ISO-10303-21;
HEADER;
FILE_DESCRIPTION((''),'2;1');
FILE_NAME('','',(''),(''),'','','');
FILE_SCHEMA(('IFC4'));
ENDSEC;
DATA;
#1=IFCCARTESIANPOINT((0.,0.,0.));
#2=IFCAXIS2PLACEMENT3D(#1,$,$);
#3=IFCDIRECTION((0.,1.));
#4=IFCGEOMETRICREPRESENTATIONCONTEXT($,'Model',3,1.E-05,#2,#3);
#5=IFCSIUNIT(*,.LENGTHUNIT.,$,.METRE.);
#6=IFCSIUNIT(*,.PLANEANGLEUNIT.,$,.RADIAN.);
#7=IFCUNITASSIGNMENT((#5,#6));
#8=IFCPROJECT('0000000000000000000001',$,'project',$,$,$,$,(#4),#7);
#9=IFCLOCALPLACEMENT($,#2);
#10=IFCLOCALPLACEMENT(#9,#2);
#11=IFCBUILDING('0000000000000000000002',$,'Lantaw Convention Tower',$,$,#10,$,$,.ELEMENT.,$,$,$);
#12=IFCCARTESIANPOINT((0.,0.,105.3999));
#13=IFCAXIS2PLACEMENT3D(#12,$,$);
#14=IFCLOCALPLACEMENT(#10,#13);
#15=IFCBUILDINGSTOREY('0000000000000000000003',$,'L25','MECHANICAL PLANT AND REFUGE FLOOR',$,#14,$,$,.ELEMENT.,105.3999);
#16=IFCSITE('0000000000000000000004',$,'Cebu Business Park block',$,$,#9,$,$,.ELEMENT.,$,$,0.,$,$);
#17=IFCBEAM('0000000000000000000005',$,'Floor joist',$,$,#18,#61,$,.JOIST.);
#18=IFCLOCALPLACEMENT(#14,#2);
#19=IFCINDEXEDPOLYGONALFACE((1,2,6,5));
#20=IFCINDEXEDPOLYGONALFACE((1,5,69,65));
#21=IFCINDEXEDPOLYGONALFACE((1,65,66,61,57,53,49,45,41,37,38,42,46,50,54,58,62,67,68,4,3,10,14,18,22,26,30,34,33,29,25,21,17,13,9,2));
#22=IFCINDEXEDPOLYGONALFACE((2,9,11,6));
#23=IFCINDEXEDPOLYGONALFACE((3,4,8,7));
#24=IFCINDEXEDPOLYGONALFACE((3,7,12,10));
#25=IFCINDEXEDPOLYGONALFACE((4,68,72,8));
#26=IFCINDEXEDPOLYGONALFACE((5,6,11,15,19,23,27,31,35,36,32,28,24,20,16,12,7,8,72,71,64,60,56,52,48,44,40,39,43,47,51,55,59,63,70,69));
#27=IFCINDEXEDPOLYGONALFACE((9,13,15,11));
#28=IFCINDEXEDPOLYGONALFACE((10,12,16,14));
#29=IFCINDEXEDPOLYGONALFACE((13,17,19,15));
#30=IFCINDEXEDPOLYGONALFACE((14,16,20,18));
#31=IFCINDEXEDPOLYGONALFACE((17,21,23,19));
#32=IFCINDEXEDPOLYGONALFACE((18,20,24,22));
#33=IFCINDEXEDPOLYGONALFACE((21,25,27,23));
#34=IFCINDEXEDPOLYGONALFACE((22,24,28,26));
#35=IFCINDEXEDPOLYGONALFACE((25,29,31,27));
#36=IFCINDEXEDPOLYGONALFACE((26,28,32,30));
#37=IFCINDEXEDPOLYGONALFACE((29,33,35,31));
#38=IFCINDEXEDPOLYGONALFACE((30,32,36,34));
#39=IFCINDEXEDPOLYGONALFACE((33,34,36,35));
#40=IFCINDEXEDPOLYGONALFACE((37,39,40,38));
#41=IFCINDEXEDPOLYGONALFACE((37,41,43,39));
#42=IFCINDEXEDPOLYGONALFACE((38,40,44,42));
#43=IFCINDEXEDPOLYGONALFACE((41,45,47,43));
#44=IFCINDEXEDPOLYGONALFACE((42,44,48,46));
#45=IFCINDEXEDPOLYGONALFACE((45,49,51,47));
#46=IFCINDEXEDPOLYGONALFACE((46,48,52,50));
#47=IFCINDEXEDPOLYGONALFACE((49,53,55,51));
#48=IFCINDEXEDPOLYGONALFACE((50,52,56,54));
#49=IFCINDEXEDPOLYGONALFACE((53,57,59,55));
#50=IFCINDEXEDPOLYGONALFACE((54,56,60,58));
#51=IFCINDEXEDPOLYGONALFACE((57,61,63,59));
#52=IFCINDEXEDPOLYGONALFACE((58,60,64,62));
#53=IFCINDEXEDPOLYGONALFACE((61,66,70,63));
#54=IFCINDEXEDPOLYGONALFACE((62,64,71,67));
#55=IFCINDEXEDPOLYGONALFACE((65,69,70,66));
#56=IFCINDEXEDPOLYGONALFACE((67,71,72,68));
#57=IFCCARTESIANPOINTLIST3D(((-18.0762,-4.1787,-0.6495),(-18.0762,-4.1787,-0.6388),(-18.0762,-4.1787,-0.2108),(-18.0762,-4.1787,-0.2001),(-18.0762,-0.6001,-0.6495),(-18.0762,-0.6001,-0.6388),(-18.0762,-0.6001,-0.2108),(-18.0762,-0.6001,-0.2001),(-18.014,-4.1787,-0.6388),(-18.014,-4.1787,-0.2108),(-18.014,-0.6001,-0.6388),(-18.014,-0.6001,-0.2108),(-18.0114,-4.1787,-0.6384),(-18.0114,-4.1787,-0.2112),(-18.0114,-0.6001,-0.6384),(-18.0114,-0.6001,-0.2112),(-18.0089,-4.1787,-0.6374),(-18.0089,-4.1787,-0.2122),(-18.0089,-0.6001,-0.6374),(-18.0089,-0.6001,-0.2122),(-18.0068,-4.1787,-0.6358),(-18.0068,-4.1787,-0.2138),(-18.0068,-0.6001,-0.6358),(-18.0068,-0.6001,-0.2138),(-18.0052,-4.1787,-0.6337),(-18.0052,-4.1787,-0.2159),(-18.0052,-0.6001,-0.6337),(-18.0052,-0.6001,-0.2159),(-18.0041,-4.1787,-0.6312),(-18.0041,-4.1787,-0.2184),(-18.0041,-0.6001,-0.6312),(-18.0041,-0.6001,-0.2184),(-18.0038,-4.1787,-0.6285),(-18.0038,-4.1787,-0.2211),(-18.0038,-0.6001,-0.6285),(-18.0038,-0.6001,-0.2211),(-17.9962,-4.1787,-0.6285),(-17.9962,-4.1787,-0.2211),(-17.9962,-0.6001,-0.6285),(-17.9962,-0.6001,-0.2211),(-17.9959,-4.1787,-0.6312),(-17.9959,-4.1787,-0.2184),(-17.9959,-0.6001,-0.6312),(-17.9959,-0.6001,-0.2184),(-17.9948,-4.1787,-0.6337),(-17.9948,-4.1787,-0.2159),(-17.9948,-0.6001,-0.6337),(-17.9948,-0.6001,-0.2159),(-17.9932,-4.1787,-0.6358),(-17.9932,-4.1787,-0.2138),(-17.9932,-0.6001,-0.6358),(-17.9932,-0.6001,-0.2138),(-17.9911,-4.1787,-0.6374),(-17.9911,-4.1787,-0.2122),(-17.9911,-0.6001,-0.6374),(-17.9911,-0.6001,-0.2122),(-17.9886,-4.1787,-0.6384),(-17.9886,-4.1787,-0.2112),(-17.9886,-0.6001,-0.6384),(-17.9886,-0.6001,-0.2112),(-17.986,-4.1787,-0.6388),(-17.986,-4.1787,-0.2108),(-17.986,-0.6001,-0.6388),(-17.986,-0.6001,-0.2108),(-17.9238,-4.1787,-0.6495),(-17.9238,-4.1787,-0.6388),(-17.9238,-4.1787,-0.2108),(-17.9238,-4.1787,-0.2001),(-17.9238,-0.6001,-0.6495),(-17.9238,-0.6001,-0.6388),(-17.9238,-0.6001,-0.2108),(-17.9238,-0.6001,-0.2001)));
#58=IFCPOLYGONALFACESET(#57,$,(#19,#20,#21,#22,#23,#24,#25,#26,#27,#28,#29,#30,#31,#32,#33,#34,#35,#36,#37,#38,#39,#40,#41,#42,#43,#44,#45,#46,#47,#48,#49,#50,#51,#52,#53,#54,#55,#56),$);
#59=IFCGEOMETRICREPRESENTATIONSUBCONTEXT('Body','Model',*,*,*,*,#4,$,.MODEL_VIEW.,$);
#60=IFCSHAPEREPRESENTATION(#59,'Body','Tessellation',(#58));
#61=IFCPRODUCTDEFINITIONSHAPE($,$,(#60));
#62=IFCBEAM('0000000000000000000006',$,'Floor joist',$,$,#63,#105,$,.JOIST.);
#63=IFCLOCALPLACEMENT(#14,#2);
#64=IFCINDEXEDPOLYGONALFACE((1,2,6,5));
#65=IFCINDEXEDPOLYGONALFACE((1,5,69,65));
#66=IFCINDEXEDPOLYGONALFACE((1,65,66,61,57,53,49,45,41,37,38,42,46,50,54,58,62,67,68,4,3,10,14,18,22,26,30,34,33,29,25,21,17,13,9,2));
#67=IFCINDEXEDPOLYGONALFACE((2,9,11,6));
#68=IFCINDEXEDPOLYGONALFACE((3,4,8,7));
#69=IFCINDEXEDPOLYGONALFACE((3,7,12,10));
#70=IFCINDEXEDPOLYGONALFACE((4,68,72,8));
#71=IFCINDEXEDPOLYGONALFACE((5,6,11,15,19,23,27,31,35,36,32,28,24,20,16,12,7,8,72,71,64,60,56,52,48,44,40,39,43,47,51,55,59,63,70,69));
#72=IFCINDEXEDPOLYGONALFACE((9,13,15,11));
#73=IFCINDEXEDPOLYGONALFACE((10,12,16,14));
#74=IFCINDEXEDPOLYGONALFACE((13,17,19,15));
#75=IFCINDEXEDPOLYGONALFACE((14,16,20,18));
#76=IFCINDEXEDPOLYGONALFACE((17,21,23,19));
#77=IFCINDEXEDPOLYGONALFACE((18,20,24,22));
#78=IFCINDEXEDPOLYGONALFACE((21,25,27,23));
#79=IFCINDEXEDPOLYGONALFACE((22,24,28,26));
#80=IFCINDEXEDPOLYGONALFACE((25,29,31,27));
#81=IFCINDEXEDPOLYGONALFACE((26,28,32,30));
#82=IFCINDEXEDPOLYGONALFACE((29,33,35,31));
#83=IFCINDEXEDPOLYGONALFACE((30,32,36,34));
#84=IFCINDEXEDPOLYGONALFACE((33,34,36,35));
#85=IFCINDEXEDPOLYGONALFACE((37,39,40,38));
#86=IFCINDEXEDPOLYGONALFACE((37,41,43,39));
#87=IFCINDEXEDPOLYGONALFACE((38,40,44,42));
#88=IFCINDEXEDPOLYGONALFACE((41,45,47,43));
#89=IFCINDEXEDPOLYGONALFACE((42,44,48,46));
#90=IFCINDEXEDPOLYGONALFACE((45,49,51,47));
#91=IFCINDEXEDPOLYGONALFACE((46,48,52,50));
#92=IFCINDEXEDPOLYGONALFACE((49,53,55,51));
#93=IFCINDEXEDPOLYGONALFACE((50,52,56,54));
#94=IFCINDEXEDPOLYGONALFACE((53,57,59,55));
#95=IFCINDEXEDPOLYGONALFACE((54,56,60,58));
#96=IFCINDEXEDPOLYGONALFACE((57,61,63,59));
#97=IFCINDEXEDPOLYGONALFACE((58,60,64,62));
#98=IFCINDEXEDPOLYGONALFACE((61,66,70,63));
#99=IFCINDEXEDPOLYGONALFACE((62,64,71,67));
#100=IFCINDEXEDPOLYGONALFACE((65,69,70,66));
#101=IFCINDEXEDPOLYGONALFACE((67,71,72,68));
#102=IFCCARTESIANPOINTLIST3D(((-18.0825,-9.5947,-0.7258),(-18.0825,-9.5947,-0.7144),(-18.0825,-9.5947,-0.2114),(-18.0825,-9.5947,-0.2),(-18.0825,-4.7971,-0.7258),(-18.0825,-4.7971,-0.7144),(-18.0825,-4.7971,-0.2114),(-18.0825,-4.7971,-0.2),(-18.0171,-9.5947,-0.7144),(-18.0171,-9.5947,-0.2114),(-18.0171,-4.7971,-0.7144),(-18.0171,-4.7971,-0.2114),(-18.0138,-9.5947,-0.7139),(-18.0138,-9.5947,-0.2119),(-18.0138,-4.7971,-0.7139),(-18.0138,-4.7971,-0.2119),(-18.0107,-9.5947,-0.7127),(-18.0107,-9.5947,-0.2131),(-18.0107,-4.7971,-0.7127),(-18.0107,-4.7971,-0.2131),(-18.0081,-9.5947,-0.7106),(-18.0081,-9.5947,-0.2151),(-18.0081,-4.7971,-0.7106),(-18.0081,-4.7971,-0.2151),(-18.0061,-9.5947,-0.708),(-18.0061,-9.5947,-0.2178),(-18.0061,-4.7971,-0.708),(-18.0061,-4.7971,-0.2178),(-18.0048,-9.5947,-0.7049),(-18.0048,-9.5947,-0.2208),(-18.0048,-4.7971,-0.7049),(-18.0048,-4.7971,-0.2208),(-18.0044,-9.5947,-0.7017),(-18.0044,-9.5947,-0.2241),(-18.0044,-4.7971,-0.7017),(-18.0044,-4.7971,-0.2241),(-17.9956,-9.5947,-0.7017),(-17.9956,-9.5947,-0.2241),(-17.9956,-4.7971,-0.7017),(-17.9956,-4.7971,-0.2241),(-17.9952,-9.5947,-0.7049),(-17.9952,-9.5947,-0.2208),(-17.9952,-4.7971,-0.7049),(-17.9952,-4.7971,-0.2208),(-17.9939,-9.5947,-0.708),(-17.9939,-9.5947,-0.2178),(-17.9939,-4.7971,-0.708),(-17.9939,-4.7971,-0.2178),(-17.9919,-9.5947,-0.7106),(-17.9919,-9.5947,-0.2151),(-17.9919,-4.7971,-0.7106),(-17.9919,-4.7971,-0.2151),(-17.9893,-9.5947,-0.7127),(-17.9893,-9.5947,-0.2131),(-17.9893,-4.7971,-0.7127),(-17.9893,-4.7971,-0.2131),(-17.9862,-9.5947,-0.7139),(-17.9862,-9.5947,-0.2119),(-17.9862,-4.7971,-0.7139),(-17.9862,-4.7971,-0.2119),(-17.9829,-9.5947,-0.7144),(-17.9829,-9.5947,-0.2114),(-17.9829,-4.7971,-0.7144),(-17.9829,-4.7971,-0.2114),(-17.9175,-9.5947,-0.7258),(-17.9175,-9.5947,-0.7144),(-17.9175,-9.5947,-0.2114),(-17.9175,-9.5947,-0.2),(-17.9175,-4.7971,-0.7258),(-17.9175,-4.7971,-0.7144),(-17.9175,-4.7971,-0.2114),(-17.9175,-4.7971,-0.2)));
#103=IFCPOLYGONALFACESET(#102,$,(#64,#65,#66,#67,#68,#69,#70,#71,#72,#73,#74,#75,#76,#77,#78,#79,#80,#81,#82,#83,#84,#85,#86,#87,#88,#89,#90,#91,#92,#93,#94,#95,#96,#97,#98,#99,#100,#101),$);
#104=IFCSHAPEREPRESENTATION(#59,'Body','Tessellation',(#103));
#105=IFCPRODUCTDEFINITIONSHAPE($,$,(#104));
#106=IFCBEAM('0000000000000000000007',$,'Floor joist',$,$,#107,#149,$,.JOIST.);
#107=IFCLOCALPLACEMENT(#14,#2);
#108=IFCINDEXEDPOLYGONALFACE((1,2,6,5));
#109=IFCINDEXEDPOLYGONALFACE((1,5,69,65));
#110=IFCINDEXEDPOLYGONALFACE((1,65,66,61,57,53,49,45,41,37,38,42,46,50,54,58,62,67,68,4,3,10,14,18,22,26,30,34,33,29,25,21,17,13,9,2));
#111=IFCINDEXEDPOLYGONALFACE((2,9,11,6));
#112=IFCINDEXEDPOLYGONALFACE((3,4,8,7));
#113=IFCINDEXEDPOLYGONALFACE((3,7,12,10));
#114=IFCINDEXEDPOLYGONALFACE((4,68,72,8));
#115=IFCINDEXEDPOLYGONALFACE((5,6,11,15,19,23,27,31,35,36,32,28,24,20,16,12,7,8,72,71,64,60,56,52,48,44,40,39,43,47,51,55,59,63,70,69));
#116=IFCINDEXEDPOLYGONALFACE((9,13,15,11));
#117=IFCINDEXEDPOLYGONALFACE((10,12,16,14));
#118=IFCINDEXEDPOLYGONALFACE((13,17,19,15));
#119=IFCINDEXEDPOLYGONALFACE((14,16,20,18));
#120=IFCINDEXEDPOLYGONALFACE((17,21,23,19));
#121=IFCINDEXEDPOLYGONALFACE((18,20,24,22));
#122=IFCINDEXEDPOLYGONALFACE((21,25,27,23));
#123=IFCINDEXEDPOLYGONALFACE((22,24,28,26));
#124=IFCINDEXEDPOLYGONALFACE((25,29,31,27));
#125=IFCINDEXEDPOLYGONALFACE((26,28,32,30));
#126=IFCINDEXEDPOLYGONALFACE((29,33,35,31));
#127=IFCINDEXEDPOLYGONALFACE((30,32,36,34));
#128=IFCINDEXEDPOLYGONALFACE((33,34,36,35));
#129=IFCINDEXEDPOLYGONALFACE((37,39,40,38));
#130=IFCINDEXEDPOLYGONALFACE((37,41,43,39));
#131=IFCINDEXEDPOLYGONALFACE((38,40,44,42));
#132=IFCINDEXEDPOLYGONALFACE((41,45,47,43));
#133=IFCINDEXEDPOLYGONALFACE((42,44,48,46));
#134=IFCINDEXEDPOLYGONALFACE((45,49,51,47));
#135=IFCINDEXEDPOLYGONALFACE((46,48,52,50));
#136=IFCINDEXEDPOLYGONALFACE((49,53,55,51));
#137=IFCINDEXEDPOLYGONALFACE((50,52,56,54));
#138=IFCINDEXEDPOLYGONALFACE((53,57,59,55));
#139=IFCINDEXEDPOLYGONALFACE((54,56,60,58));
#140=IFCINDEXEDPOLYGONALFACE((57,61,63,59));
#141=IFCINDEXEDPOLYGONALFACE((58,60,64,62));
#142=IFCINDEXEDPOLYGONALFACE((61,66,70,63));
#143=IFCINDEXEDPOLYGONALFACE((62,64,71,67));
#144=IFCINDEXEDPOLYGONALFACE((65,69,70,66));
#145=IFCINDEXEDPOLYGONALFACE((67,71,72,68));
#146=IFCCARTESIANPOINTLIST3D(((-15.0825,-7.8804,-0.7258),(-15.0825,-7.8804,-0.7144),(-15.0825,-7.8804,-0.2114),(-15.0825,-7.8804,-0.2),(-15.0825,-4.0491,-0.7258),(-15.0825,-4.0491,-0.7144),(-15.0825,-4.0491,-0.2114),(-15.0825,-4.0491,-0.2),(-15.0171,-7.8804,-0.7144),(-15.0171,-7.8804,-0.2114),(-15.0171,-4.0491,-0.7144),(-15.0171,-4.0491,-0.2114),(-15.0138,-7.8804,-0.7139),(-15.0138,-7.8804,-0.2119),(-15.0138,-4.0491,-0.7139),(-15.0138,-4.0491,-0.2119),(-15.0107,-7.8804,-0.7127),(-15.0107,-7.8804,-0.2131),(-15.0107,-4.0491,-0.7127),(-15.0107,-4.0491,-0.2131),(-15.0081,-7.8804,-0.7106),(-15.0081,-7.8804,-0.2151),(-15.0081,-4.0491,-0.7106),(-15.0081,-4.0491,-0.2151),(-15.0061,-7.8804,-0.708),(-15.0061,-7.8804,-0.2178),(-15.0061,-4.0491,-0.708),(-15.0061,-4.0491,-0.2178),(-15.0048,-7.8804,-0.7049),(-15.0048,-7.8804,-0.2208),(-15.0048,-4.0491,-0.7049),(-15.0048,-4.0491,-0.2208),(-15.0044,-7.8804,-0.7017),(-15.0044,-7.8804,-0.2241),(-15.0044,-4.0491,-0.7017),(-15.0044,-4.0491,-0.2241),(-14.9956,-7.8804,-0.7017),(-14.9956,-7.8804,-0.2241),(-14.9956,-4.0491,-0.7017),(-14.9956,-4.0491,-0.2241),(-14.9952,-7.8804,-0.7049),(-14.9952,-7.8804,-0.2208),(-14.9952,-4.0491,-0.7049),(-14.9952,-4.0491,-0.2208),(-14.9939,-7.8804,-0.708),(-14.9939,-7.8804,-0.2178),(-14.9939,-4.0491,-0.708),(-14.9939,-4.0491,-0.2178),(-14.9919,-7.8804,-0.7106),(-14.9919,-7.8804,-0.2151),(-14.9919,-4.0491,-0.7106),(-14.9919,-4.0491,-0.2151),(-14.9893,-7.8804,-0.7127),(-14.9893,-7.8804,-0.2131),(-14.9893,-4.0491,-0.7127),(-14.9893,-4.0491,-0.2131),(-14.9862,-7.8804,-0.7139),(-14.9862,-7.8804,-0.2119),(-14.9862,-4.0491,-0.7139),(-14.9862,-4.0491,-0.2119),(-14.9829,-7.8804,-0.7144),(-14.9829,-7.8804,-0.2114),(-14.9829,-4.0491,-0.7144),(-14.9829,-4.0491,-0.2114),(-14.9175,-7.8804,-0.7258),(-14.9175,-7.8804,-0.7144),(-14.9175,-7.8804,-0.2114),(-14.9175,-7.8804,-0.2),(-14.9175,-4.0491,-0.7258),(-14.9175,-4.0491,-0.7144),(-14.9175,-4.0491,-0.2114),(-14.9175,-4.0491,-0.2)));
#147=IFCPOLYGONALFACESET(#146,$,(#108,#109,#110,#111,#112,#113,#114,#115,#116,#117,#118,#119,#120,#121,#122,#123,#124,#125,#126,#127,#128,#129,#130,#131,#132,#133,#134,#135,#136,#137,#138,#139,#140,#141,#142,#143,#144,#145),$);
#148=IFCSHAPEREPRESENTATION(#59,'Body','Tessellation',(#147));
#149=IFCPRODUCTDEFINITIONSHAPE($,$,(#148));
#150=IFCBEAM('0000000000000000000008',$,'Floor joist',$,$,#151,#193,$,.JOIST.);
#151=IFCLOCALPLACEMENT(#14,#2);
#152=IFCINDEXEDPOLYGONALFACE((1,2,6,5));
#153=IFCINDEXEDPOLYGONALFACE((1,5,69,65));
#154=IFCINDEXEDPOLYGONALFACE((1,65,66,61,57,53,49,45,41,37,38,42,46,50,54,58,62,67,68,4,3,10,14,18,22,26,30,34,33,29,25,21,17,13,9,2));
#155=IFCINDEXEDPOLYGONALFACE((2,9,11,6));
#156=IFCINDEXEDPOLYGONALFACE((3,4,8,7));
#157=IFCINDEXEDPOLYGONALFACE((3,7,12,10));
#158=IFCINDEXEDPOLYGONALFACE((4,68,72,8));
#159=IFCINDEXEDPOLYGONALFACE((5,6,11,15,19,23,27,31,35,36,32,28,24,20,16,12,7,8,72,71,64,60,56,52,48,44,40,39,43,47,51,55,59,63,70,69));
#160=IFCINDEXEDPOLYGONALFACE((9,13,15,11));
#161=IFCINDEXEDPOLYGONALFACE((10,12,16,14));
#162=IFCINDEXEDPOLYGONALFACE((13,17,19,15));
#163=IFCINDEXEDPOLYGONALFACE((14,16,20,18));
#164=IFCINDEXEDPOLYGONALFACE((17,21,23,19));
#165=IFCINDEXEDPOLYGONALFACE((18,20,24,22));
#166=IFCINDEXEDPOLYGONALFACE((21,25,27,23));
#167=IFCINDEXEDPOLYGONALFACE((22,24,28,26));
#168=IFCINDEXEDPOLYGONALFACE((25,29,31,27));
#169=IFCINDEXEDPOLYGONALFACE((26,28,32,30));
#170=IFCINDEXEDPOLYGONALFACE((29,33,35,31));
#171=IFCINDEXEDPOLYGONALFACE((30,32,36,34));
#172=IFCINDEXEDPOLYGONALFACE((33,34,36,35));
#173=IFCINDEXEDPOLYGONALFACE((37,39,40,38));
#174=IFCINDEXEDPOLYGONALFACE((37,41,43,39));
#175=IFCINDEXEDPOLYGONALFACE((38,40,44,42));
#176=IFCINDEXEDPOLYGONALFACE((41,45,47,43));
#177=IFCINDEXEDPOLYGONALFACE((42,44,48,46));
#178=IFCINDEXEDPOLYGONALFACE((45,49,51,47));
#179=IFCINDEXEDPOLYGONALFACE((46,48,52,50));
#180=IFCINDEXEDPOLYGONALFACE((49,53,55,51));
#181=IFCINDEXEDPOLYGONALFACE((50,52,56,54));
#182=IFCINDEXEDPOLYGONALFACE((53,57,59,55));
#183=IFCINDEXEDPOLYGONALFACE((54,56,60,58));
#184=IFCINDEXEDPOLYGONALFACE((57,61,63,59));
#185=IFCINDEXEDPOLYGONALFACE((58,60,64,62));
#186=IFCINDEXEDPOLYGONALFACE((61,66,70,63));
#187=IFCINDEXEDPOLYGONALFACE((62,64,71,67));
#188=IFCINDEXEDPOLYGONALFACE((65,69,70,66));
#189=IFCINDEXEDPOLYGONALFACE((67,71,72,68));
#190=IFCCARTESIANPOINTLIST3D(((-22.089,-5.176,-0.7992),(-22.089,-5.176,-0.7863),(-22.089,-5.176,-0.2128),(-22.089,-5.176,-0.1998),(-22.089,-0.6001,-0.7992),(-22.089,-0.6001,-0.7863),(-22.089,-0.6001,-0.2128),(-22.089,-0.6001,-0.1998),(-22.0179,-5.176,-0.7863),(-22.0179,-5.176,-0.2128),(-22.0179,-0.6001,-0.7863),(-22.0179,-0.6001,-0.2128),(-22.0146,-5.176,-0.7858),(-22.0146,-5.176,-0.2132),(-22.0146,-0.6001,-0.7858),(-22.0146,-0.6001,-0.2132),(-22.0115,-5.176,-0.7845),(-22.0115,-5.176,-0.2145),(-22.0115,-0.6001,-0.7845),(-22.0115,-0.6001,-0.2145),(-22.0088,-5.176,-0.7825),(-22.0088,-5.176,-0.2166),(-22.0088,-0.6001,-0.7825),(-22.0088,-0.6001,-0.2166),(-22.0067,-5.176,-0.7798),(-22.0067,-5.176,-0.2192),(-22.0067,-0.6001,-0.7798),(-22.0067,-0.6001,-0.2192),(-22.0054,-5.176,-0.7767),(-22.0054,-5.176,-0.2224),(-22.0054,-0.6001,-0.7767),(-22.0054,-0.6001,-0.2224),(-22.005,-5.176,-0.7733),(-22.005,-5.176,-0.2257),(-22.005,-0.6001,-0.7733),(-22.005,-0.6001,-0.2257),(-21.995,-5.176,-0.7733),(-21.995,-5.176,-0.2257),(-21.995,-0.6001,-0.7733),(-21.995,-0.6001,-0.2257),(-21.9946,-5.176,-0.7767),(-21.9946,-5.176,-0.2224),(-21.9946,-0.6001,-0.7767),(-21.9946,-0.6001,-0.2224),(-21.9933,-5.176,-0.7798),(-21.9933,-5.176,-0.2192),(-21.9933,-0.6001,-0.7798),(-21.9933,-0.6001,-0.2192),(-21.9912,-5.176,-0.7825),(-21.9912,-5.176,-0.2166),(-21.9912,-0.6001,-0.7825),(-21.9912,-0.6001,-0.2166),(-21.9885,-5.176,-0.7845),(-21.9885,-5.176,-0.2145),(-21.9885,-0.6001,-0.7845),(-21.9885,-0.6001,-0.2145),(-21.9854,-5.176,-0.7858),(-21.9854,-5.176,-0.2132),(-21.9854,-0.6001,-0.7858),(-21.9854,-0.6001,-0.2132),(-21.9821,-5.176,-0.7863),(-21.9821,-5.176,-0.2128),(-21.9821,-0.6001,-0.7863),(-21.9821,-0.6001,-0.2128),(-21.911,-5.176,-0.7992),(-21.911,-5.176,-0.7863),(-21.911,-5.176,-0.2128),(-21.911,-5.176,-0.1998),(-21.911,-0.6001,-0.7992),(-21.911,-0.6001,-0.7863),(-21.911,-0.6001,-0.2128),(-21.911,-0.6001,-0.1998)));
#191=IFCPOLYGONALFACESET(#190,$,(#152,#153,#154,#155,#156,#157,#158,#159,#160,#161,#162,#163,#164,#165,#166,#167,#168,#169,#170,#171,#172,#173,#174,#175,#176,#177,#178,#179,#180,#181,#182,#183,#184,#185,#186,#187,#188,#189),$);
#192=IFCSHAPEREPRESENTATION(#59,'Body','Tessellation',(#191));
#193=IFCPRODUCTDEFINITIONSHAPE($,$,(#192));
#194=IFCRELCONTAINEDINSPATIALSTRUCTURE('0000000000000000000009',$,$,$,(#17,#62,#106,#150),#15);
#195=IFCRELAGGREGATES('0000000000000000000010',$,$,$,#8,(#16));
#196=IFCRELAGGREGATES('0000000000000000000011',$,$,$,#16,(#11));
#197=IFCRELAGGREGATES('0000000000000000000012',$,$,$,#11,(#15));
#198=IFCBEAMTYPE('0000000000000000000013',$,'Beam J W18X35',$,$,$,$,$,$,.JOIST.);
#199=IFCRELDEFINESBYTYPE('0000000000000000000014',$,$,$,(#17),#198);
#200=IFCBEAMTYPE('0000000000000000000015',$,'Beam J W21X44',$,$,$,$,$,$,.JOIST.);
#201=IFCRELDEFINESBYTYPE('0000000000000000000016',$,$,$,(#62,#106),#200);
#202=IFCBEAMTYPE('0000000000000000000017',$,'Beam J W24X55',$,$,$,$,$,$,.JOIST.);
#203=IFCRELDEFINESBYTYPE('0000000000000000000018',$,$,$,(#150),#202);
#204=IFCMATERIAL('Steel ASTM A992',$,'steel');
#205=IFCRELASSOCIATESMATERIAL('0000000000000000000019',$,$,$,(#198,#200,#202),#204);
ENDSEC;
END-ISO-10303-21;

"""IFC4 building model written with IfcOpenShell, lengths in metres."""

from ifc_helpers import new_model, si_unit, direction, frame, origin, origin_2d, place, context, subcontext, project, spatial, i_section, extrude, material, material_profile, profile_set, type_object, element, save


model = new_model("IFC4")

# Units and contexts
model_context = context("Model", 3, precision=1e-05, world=origin(), true_north=direction((0.0, 1.0)))
body_context = subcontext(model_context, "Body", "Model", "MODEL_VIEW")
ifc_project = project(units=[si_unit("LENGTHUNIT", "METRE"), si_unit("PLANEANGLEUNIT", "RADIAN")], contexts=[model_context])

# Site, building, storey
site_placement = place(None, origin())
site = spatial("IfcSite", under=ifc_project, at=site_placement, Name="Cebu Business Park block", CompositionType="ELEMENT", RefElevation=0.0)
building_placement = place(site_placement, origin())
building = spatial("IfcBuilding", under=site, at=building_placement, Name="Lantaw Convention Tower", CompositionType="ELEMENT")
storey_placement = place(building_placement, frame((0.0, 0.0, 105.3999)))
storey = spatial("IfcBuildingStorey", under=building, at=storey_placement, Name="L25", Description="MECHANICAL PLANT AND REFUGE FLOOR", CompositionType="ELEMENT", Elevation=105.3999)

# Beams
ifc_material_1 = material(Name="Steel ASTM A992", Category="steel")
ifc_material_profile_1 = material_profile(ifc_material_1, i_section(OverallWidth=0.1523, OverallDepth=0.4495, WebThickness=0.0076, FlangeThickness=0.0107, FilletRadius=0.0103, at=origin_2d()), Name="W18X35")
ifc_profile_set_1 = profile_set([ifc_material_profile_1], Name="Steel ASTM A992")
beam_type_1 = type_object("IfcBeamType", Name="Beam J W18X35", PredefinedType="JOIST", material=ifc_profile_set_1)
beam_1_placement = place(storey_placement, frame((-18.0, -4.1787, -0.4248), z_axis=(0.0, 1.0, 0.0), x_axis=(-1.0, 0.0, 0.0)))
element("IfcBeam", 1, at=beam_1_placement, inside=storey, type_object=beam_type_1, Name="Floor joist", PredefinedType="JOIST", context=body_context, shape_type="SweptSolid", body=[
    extrude(i_section(OverallWidth=0.1523, OverallDepth=0.4495, WebThickness=0.0076, FlangeThickness=0.0107, FilletRadius=0.0103, at=origin_2d()), origin(), (0.0, 0.0, 1.0), 3.5786),
])
ifc_material_profile_2 = material_profile(ifc_material_1, i_section(OverallWidth=0.165, OverallDepth=0.5259, WebThickness=0.0088, FlangeThickness=0.0115, FilletRadius=0.0127, at=origin_2d()), Name="W21X44")
ifc_profile_set_2 = profile_set([ifc_material_profile_2], Name="Steel ASTM A992")
beam_type_2 = type_object("IfcBeamType", Name="Beam J W21X44", PredefinedType="JOIST", material=ifc_profile_set_2)
beam_2_placement = place(storey_placement, frame((-18.0, -9.5947, -0.4629), z_axis=(0.0, 1.0, 0.0), x_axis=(-1.0, 0.0, 0.0)))
element("IfcBeam", 2, at=beam_2_placement, inside=storey, type_object=beam_type_2, Name="Floor joist", PredefinedType="JOIST", context=body_context, shape_type="SweptSolid", body=[
    extrude(i_section(OverallWidth=0.165, OverallDepth=0.5259, WebThickness=0.0088, FlangeThickness=0.0115, FilletRadius=0.0127, at=origin_2d()), origin(), (0.0, 0.0, 1.0), 4.7976),
])
beam_3_placement = place(storey_placement, frame((-15.0, -7.8804, -0.4629), z_axis=(0.0, 1.0, 0.0), x_axis=(-1.0, 0.0, 0.0)))
element("IfcBeam", 3, at=beam_3_placement, inside=storey, type_object=beam_type_2, Name="Floor joist", PredefinedType="JOIST", context=body_context, shape_type="SweptSolid", body=[
    extrude(i_section(OverallWidth=0.165, OverallDepth=0.5259, WebThickness=0.0088, FlangeThickness=0.0115, FilletRadius=0.0127, at=origin_2d()), origin(), (0.0, 0.0, 1.0), 3.8313),
])
ifc_material_profile_3 = material_profile(ifc_material_1, i_section(OverallWidth=0.178, OverallDepth=0.5994, WebThickness=0.01, FlangeThickness=0.0129, FilletRadius=0.0129, at=origin_2d()), Name="W24X55")
ifc_profile_set_3 = profile_set([ifc_material_profile_3], Name="Steel ASTM A992")
beam_type_3 = type_object("IfcBeamType", Name="Beam J W24X55", PredefinedType="JOIST", material=ifc_profile_set_3)
beam_4_placement = place(storey_placement, frame((-22.0, -5.176, -0.4995), z_axis=(0.0, 1.0, 0.0), x_axis=(-1.0, 0.0, 0.0)))
element("IfcBeam", 4, at=beam_4_placement, inside=storey, type_object=beam_type_3, Name="Floor joist", PredefinedType="JOIST", context=body_context, shape_type="SweptSolid", body=[
    extrude(i_section(OverallWidth=0.178, OverallDepth=0.5994, WebThickness=0.01, FlangeThickness=0.0129, FilletRadius=0.0129, at=origin_2d()), origin(), (0.0, 0.0, 1.0), 4.5759),
])

save(model, "model.ifc")
